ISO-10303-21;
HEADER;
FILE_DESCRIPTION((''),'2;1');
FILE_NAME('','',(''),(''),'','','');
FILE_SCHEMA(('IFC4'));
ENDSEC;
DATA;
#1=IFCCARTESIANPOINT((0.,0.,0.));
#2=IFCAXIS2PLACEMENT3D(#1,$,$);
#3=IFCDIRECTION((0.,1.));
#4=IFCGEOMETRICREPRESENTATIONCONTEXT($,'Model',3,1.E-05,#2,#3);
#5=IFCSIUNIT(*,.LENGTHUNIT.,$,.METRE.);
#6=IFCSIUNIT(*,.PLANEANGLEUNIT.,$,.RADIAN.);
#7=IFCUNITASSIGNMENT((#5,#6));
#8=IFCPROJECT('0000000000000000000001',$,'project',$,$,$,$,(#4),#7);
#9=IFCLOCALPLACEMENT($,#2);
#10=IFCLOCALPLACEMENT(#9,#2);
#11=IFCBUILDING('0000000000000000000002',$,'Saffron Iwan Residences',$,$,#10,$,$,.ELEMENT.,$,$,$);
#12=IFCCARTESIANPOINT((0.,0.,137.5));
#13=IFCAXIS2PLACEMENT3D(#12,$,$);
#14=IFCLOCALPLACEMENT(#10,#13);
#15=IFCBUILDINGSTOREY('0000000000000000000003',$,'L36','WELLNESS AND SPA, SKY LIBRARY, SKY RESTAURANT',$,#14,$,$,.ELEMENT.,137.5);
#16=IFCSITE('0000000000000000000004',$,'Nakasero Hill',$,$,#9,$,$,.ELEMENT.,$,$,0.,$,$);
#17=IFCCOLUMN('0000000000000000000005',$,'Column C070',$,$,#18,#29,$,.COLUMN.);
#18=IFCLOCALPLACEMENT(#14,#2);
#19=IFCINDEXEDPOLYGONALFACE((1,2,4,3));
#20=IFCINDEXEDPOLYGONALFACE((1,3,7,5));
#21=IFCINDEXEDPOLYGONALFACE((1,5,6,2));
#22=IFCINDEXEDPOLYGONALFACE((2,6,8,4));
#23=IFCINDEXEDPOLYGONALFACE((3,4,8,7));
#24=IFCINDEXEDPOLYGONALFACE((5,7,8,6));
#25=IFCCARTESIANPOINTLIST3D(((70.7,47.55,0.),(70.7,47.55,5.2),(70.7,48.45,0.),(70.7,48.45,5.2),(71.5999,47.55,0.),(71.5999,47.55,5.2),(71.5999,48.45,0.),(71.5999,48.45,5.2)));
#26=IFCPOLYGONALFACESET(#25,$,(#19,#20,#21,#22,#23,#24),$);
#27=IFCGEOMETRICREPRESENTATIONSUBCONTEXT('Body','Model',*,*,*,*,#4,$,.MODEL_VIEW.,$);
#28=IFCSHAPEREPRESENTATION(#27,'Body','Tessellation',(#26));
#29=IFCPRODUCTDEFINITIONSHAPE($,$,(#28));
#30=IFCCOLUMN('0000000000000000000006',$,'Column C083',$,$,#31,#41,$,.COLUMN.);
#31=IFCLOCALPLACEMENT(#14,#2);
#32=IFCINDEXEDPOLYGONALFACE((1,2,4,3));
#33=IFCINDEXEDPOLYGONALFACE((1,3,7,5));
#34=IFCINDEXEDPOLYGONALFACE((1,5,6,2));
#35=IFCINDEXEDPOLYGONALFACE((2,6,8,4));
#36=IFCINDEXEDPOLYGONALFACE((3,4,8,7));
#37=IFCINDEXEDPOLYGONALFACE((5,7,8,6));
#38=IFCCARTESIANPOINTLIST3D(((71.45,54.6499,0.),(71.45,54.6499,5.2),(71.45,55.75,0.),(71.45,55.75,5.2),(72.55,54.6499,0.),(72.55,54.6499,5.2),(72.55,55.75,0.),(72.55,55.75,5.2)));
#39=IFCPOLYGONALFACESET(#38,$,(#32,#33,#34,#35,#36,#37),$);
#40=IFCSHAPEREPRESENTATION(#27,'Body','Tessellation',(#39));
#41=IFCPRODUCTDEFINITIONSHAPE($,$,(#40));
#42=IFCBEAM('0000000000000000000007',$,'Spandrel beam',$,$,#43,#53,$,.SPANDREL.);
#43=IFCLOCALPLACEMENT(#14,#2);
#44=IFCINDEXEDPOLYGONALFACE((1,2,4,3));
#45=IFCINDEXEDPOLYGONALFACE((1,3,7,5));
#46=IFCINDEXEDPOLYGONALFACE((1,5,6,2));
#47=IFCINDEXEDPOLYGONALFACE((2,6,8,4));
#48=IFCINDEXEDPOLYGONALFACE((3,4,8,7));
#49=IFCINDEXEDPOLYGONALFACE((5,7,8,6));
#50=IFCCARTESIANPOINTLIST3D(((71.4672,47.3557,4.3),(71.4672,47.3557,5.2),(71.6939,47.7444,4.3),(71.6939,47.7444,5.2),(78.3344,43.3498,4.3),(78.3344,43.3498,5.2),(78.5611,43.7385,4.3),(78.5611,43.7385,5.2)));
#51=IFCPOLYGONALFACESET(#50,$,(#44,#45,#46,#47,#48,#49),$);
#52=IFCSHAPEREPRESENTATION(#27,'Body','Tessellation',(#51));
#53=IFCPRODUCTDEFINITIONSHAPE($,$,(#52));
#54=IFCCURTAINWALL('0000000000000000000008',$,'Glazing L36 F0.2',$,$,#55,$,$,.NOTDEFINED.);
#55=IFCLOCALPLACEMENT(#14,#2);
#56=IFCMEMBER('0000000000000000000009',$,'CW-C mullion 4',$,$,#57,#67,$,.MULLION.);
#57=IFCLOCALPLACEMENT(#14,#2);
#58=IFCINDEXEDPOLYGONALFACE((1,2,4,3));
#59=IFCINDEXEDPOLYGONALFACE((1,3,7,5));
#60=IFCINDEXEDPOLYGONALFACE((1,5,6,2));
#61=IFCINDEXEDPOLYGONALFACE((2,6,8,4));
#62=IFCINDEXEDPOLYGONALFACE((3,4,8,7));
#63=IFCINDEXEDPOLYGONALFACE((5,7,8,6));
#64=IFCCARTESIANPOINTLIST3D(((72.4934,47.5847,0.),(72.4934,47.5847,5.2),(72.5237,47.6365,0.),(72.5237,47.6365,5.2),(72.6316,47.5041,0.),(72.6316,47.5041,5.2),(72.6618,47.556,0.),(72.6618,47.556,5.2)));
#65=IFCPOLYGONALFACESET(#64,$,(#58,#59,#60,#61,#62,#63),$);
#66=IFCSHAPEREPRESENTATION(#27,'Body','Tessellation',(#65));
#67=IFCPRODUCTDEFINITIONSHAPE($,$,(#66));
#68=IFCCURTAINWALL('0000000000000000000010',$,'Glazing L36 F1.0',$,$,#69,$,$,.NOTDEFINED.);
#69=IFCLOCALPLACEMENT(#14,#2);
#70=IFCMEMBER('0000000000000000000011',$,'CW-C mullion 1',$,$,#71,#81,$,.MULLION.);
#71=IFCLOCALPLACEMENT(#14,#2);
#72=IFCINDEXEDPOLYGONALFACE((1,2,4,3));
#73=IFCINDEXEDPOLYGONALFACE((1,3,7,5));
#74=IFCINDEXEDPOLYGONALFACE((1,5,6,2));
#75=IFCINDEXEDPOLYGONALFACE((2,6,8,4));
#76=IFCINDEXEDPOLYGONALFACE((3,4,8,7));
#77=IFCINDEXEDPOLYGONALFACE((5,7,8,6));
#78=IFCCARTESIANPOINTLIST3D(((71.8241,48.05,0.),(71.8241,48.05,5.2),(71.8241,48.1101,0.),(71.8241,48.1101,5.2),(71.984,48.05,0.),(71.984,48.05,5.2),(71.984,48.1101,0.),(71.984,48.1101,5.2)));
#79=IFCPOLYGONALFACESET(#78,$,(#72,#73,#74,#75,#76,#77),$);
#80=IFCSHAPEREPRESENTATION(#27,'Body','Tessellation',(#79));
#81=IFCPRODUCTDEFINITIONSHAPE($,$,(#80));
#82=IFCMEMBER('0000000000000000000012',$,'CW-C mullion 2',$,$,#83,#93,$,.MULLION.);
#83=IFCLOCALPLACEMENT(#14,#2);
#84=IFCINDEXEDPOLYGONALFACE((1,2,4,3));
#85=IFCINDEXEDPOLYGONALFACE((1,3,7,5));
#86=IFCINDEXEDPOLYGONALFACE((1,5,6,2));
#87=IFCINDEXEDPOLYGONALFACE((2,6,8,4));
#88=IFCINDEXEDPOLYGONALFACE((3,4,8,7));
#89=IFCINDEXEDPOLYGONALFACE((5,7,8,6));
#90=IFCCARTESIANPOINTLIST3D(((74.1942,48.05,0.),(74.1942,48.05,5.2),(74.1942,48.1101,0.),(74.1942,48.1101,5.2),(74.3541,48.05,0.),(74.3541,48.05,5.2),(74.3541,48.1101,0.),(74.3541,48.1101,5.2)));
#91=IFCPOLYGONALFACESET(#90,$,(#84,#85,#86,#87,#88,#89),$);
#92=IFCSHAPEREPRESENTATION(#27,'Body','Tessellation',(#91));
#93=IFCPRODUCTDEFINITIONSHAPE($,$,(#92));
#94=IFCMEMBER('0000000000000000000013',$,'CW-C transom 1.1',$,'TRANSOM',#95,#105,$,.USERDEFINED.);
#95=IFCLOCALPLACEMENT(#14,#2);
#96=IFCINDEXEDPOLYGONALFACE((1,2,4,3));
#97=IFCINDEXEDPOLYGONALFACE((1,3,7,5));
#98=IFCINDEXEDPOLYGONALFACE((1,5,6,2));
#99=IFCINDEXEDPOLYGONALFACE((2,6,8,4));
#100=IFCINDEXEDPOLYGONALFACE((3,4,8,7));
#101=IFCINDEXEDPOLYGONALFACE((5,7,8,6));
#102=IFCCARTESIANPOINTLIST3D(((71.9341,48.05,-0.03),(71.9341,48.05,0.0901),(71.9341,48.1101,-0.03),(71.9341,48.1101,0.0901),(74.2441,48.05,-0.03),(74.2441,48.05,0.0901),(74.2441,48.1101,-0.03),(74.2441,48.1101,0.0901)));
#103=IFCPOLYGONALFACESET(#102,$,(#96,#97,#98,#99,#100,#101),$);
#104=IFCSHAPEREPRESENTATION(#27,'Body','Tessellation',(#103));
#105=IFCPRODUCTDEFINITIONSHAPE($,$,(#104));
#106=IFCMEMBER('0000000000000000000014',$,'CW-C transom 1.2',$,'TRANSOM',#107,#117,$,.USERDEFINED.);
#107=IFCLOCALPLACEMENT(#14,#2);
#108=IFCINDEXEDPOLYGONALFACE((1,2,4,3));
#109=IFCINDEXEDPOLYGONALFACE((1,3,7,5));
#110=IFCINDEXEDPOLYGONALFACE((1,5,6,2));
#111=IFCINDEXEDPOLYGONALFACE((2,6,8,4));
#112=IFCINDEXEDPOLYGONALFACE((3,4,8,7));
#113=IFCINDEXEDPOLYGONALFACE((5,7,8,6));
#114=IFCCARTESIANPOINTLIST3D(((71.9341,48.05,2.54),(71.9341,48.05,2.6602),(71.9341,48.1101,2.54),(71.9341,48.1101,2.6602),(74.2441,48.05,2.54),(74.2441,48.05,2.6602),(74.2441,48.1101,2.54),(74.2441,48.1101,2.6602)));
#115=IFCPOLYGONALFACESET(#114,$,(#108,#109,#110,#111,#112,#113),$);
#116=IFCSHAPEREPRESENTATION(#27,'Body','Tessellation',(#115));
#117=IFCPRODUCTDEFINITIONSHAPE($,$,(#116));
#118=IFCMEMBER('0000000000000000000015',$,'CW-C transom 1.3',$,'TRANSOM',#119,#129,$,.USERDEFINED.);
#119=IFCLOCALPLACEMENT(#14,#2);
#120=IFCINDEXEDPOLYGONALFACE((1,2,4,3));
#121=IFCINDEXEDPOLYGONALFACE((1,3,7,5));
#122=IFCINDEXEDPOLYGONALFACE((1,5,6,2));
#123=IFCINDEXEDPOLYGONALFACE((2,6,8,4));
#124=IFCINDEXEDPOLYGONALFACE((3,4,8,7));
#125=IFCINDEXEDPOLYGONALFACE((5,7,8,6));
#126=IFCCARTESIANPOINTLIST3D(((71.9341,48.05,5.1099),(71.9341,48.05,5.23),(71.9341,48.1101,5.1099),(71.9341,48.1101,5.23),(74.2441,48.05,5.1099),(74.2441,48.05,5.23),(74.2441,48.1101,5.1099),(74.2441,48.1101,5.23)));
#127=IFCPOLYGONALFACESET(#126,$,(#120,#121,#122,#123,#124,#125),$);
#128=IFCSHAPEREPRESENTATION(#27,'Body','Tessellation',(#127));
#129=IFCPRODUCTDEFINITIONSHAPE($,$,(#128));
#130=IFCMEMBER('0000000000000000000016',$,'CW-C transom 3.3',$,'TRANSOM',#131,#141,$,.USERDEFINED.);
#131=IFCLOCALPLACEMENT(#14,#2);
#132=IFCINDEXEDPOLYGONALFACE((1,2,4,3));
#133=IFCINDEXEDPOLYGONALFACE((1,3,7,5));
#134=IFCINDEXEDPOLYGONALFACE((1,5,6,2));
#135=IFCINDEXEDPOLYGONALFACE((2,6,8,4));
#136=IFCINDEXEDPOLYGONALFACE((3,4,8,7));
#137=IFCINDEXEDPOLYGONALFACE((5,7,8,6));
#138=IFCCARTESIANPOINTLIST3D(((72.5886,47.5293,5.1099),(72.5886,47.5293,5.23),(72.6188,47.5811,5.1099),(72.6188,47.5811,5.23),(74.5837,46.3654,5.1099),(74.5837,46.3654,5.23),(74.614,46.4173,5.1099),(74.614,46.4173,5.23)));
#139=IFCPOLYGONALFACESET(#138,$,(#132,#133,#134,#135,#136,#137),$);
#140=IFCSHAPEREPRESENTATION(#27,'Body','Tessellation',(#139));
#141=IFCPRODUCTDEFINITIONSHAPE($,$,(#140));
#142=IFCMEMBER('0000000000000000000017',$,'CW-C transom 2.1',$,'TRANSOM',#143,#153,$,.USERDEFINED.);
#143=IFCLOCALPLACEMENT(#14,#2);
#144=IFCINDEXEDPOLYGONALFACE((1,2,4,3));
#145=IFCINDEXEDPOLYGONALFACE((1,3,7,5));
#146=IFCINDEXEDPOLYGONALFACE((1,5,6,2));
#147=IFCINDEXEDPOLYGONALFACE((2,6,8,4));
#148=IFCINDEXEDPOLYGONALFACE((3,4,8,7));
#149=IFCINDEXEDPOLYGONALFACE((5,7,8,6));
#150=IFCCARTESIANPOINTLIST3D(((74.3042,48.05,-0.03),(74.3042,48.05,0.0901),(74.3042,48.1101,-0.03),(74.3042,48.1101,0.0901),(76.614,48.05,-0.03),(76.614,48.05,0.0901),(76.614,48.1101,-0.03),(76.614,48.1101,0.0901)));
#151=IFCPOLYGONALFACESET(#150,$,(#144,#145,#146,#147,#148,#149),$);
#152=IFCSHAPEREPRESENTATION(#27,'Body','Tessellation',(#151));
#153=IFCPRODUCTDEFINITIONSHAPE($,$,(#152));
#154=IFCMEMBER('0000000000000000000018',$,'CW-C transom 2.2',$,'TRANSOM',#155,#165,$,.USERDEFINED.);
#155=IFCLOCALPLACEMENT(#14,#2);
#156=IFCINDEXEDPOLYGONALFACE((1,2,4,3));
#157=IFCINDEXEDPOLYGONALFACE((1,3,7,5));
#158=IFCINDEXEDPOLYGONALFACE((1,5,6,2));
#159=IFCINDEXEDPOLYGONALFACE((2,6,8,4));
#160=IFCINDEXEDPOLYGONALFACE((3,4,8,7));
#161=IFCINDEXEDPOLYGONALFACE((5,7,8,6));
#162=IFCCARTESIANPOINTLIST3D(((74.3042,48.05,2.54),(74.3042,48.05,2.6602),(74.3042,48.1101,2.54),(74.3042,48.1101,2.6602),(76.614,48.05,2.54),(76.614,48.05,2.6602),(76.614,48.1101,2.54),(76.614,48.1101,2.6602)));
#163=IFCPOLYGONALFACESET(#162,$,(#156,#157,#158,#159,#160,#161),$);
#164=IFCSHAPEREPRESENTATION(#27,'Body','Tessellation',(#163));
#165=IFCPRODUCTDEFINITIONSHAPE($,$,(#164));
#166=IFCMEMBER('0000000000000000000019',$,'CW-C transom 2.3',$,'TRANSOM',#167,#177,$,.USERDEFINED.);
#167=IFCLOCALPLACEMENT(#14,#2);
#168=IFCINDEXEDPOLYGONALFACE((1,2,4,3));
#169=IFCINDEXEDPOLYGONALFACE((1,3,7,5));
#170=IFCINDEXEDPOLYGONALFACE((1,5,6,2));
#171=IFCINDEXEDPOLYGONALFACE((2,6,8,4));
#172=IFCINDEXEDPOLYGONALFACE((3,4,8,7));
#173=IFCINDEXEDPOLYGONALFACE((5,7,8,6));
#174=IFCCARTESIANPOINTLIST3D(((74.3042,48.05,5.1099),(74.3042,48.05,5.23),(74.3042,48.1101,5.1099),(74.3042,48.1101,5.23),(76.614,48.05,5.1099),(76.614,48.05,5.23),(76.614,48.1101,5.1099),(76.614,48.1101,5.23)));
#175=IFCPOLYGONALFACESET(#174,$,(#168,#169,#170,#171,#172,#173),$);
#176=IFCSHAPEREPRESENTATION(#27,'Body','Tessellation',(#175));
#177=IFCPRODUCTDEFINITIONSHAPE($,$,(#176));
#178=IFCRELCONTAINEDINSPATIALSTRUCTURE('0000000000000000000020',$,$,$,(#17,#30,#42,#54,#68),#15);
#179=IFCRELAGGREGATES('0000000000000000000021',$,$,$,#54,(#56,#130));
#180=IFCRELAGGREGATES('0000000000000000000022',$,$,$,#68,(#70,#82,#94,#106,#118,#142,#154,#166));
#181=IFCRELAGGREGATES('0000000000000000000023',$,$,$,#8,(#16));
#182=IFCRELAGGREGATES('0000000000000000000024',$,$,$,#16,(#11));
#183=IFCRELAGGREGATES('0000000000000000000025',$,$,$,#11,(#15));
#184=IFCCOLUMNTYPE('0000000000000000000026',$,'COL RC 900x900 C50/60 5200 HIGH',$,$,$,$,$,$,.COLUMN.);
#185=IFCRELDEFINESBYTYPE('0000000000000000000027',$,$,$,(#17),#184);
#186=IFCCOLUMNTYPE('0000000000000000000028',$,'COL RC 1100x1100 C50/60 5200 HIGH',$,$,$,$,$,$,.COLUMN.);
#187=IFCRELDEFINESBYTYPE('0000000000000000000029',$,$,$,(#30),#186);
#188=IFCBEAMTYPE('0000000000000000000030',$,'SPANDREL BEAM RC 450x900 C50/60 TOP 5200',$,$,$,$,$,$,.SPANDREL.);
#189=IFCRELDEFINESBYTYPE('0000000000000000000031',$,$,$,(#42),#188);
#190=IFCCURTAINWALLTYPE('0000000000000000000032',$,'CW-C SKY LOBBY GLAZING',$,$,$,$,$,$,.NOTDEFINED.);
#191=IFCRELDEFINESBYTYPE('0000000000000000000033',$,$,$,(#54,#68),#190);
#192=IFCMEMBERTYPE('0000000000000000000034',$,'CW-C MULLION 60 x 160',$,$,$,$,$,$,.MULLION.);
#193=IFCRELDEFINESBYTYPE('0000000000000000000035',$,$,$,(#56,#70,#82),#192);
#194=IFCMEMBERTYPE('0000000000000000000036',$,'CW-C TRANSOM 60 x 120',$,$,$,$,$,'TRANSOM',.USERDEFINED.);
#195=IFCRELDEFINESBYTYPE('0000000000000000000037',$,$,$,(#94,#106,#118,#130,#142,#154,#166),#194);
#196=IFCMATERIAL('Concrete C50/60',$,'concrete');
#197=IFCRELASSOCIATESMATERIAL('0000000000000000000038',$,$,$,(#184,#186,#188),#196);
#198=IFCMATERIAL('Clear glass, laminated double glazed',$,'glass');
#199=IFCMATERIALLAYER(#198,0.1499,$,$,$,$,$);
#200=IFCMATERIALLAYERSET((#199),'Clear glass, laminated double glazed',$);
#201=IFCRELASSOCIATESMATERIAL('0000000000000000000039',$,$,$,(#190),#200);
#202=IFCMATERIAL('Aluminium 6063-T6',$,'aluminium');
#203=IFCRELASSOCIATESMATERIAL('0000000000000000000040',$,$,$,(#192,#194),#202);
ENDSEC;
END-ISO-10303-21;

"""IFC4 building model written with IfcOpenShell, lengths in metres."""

from ifc_helpers import new_model, si_unit, direction, frame, origin, origin_2d, place, context, subcontext, project, spatial, rectangle, extrude, source, transform, mapped, material, layer, layer_set, material_profile, profile_set, type_object, element, aggregate, save


model = new_model("IFC4")

# Units and contexts
model_context = context("Model", 3, precision=1e-05, world=origin(), true_north=direction((0.0, 1.0)))
body_context = subcontext(model_context, "Body", "Model", "MODEL_VIEW")
ifc_project = project(units=[si_unit("LENGTHUNIT", "METRE"), si_unit("PLANEANGLEUNIT", "RADIAN")], contexts=[model_context])

# Site, building, storey
site_placement = place(None, origin())
site = spatial("IfcSite", under=ifc_project, at=site_placement, Name="Nakasero Hill", CompositionType="ELEMENT", RefElevation=0.0)
building_placement = place(site_placement, origin())
building = spatial("IfcBuilding", under=site, at=building_placement, Name="Saffron Iwan Residences", CompositionType="ELEMENT")
storey_placement = place(building_placement, frame((0.0, 0.0, 137.5)))
storey = spatial("IfcBuildingStorey", under=building, at=storey_placement, Name="L36", Description="WELLNESS AND SPA, SKY LIBRARY, SKY RESTAURANT", CompositionType="ELEMENT", Elevation=137.5)

# Columns
ifc_material_1 = material(Name="Concrete C50/60", Category="concrete")
ifc_material_profile_1 = material_profile(ifc_material_1, rectangle(XDim=0.8999, YDim=0.8999, at=origin_2d()), Name="RC 900x900")
ifc_profile_set_1 = profile_set([ifc_material_profile_1], Name="Concrete C50/60")
column_type_1 = type_object("IfcColumnType", Name="COL RC 900x900 C50/60 5200 HIGH", PredefinedType="COLUMN", material=ifc_profile_set_1)
shared_shape_1 = source(origin(), body_context, "Body", "SweptSolid", [
    extrude(rectangle(XDim=0.8999, YDim=0.8999, at=origin_2d()), origin(), (0.0, 0.0, 1.0), 5.2),
])
column_1_placement = place(storey_placement, frame((71.1499, 48.0, 0.0), z_axis=(0.0, 0.0, 1.0), x_axis=(1.0, 0.0, 0.0)))
element("IfcColumn", 1, at=column_1_placement, inside=storey, type_object=column_type_1, Name="Column C070", PredefinedType="COLUMN", context=body_context, shape_type="MappedRepresentation", body=[
    mapped(shared_shape_1, transform((0.0, 0.0, 0.0))),
])
ifc_material_profile_2 = material_profile(ifc_material_1, rectangle(XDim=1.1001, YDim=1.1001, at=origin_2d()), Name="RC 1100x1100")
ifc_profile_set_2 = profile_set([ifc_material_profile_2], Name="Concrete C50/60")
column_type_2 = type_object("IfcColumnType", Name="COL RC 1100x1100 C50/60 5200 HIGH", PredefinedType="COLUMN", material=ifc_profile_set_2)
shared_shape_2 = source(origin(), body_context, "Body", "SweptSolid", [
    extrude(rectangle(XDim=1.1001, YDim=1.1001, at=origin_2d()), origin(), (0.0, 0.0, 1.0), 5.2),
])
column_2_placement = place(storey_placement, frame((72.0, 55.2, 0.0), z_axis=(0.0, 0.0, 1.0), x_axis=(1.0, 0.0, 0.0)))
element("IfcColumn", 2, at=column_2_placement, inside=storey, type_object=column_type_2, Name="Column C083", PredefinedType="COLUMN", context=body_context, shape_type="MappedRepresentation", body=[
    mapped(shared_shape_2, transform((0.0, 0.0, 0.0))),
])

# Beam
ifc_material_profile_3 = material_profile(ifc_material_1, rectangle(XDim=0.45, YDim=0.8999, at=origin_2d()), Name="RC 450x900")
ifc_profile_set_3 = profile_set([ifc_material_profile_3], Name="Concrete C50/60")
beam_type = type_object("IfcBeamType", Name="SPANDREL BEAM RC 450x900 C50/60 TOP 5200", PredefinedType="SPANDREL", material=ifc_profile_set_3)
shared_shape_3 = source(origin(), body_context, "Body", "SweptSolid", [
    extrude(rectangle(XDim=0.45, YDim=0.8999, at=origin_2d()), origin(), (0.0, 0.0, 1.0), 7.9502),
])
beam_placement = place(storey_placement, frame((71.5806, 47.55, 4.75), z_axis=(0.863779, -0.503871, 0.0), x_axis=(0.503871, 0.863779, 0.0)))
element("IfcBeam", 3, at=beam_placement, inside=storey, type_object=beam_type, Name="Spandrel beam", PredefinedType="SPANDREL", context=body_context, shape_type="MappedRepresentation", body=[
    mapped(shared_shape_3, transform((0.0, 0.0, 0.0))),
])

# Curtain wall, member
ifc_material_2 = material(Name="Clear glass, laminated double glazed", Category="glass")
ifc_layer_1 = layer(ifc_material_2, 0.1499)
ifc_layer_set_1 = layer_set([ifc_layer_1], Name="Clear glass, laminated double glazed")
curtain_wall_type = type_object("IfcCurtainWallType", Name="CW-C SKY LOBBY GLAZING", PredefinedType="NOTDEFINED", material=ifc_layer_set_1)
curtain_wall_1_placement = place(storey_placement, origin())
curtain_wall_1 = element("IfcCurtainWall", 4, at=curtain_wall_1_placement, inside=storey, type_object=curtain_wall_type, Name="Glazing L36 F0.2", PredefinedType="NOTDEFINED")
ifc_material_3 = material(Name="Aluminium 6063-T6", Category="aluminium")
ifc_material_profile_4 = material_profile(ifc_material_3, rectangle(XDim=0.0601, YDim=0.1599, at=origin_2d()), Name="CW-C MULLION 60 x 160")
ifc_profile_set_4 = profile_set([ifc_material_profile_4], Name="Aluminium 6063-T6")
member_type_1 = type_object("IfcMemberType", Name="CW-C MULLION 60 x 160", PredefinedType="MULLION", material=ifc_profile_set_4)
shared_shape_4 = source(origin(), body_context, "Body", "SweptSolid", [
    extrude(rectangle(XDim=0.0601, YDim=0.1599, at=origin_2d()), origin(), (0.0, 0.0, 1.0), 5.2),
])
member_1_placement = place(storey_placement, frame((72.5776, 47.5703, 0.0), z_axis=(0.0, 0.0, 1.0), x_axis=(-0.503871, -0.863779, 0.0)))
member_1 = element("IfcMember", 5, at=member_1_placement, type_object=member_type_1, Name="CW-C mullion 4", PredefinedType="MULLION", context=body_context, shape_type="MappedRepresentation", body=[
    mapped(shared_shape_4, transform((0.0, 0.0, 0.0))),
])

# Curtain wall, members
curtain_wall_2_placement = place(storey_placement, origin())
curtain_wall_2 = element("IfcCurtainWall", 6, at=curtain_wall_2_placement, inside=storey, type_object=curtain_wall_type, Name="Glazing L36 F1.0", PredefinedType="NOTDEFINED")
member_2_placement = place(storey_placement, frame((71.9041, 48.0801, 0.0), z_axis=(0.0, 0.0, 1.0), x_axis=(0.0, 1.0, 0.0)))
member_2 = element("IfcMember", 7, at=member_2_placement, type_object=member_type_1, Name="CW-C mullion 1", PredefinedType="MULLION", context=body_context, shape_type="MappedRepresentation", body=[
    mapped(shared_shape_4, transform((0.0, 0.0, 0.0))),
])
member_3_placement = place(storey_placement, frame((74.2742, 48.0801, 0.0), z_axis=(0.0, 0.0, 1.0), x_axis=(0.0, 1.0, 0.0)))
member_3 = element("IfcMember", 8, at=member_3_placement, type_object=member_type_1, Name="CW-C mullion 2", PredefinedType="MULLION", context=body_context, shape_type="MappedRepresentation", body=[
    mapped(shared_shape_4, transform((0.0, 0.0, 0.0))),
])
ifc_material_profile_5 = material_profile(ifc_material_3, rectangle(XDim=0.0601, YDim=0.1201, at=origin_2d()), Name="CW-C TRANSOM 60 x 120")
ifc_profile_set_5 = profile_set([ifc_material_profile_5], Name="Aluminium 6063-T6")
member_type_2 = type_object("IfcMemberType", Name="CW-C TRANSOM 60 x 120", ElementType="TRANSOM", PredefinedType="USERDEFINED", material=ifc_profile_set_5)
shared_shape_5 = source(origin(), body_context, "Body", "SweptSolid", [
    extrude(rectangle(XDim=0.0601, YDim=0.1201, at=origin_2d()), origin(), (0.0, 0.0, 1.0), 2.3101),
])
member_4_placement = place(storey_placement, frame((71.9341, 48.0801, 0.03), z_axis=(1.0, 0.0, 0.0), x_axis=(0.0, 1.0, 0.0)))
member_4 = element("IfcMember", 9, at=member_4_placement, type_object=member_type_2, Name="CW-C transom 1.1", ObjectType="TRANSOM", PredefinedType="USERDEFINED", context=body_context, shape_type="MappedRepresentation", body=[
    mapped(shared_shape_5, transform((0.0, 0.0, 0.0))),
])
member_5_placement = place(storey_placement, frame((71.9341, 48.0801, 2.6001), z_axis=(1.0, 0.0, 0.0), x_axis=(0.0, 1.0, 0.0)))
member_5 = element("IfcMember", 10, at=member_5_placement, type_object=member_type_2, Name="CW-C transom 1.2", ObjectType="TRANSOM", PredefinedType="USERDEFINED", context=body_context, shape_type="MappedRepresentation", body=[
    mapped(shared_shape_5, transform((0.0, 0.0, 0.0))),
])
member_6_placement = place(storey_placement, frame((71.9341, 48.0801, 5.1699), z_axis=(1.0, 0.0, 0.0), x_axis=(0.0, 1.0, 0.0)))
member_6 = element("IfcMember", 11, at=member_6_placement, type_object=member_type_2, Name="CW-C transom 1.3", ObjectType="TRANSOM", PredefinedType="USERDEFINED", context=body_context, shape_type="MappedRepresentation", body=[
    mapped(shared_shape_5, transform((0.0, 0.0, 0.0))),
])

# Members
shared_shape_6 = source(origin(), body_context, "Body", "SweptSolid", [
    extrude(rectangle(XDim=0.0601, YDim=0.1201, at=origin_2d()), origin(), (0.0, 0.0, 1.0), 2.3098),
])
member_7_placement = place(storey_placement, frame((74.5989, 46.3914, 5.1699), z_axis=(-0.863779, 0.503871, 0.0), x_axis=(-0.503871, -0.863779, 0.0)))
member_7 = element("IfcMember", 12, at=member_7_placement, type_object=member_type_2, Name="CW-C transom 3.3", ObjectType="TRANSOM", PredefinedType="USERDEFINED", context=body_context, shape_type="MappedRepresentation", body=[
    mapped(shared_shape_6, transform((0.0, 0.0, 0.0))),
])
member_8_placement = place(storey_placement, frame((74.3042, 48.0801, 0.03), z_axis=(1.0, 0.0, 0.0), x_axis=(0.0, 1.0, 0.0)))
member_8 = element("IfcMember", 13, at=member_8_placement, type_object=member_type_2, Name="CW-C transom 2.1", ObjectType="TRANSOM", PredefinedType="USERDEFINED", context=body_context, shape_type="MappedRepresentation", body=[
    mapped(shared_shape_6, transform((0.0, 0.0, 0.0))),
])
member_9_placement = place(storey_placement, frame((74.3042, 48.0801, 2.6001), z_axis=(1.0, 0.0, 0.0), x_axis=(0.0, 1.0, 0.0)))
member_9 = element("IfcMember", 14, at=member_9_placement, type_object=member_type_2, Name="CW-C transom 2.2", ObjectType="TRANSOM", PredefinedType="USERDEFINED", context=body_context, shape_type="MappedRepresentation", body=[
    mapped(shared_shape_6, transform((0.0, 0.0, 0.0))),
])
member_10_placement = place(storey_placement, frame((74.3042, 48.0801, 5.1699), z_axis=(1.0, 0.0, 0.0), x_axis=(0.0, 1.0, 0.0)))
member_10 = element("IfcMember", 15, at=member_10_placement, type_object=member_type_2, Name="CW-C transom 2.3", ObjectType="TRANSOM", PredefinedType="USERDEFINED", context=body_context, shape_type="MappedRepresentation", body=[
    mapped(shared_shape_6, transform((0.0, 0.0, 0.0))),
])

aggregate(curtain_wall_1, [member_1, member_7])
aggregate(curtain_wall_2, [member_2, member_3, member_4, member_5, member_6, member_8, member_9, member_10])

save(model, "model.ifc")
